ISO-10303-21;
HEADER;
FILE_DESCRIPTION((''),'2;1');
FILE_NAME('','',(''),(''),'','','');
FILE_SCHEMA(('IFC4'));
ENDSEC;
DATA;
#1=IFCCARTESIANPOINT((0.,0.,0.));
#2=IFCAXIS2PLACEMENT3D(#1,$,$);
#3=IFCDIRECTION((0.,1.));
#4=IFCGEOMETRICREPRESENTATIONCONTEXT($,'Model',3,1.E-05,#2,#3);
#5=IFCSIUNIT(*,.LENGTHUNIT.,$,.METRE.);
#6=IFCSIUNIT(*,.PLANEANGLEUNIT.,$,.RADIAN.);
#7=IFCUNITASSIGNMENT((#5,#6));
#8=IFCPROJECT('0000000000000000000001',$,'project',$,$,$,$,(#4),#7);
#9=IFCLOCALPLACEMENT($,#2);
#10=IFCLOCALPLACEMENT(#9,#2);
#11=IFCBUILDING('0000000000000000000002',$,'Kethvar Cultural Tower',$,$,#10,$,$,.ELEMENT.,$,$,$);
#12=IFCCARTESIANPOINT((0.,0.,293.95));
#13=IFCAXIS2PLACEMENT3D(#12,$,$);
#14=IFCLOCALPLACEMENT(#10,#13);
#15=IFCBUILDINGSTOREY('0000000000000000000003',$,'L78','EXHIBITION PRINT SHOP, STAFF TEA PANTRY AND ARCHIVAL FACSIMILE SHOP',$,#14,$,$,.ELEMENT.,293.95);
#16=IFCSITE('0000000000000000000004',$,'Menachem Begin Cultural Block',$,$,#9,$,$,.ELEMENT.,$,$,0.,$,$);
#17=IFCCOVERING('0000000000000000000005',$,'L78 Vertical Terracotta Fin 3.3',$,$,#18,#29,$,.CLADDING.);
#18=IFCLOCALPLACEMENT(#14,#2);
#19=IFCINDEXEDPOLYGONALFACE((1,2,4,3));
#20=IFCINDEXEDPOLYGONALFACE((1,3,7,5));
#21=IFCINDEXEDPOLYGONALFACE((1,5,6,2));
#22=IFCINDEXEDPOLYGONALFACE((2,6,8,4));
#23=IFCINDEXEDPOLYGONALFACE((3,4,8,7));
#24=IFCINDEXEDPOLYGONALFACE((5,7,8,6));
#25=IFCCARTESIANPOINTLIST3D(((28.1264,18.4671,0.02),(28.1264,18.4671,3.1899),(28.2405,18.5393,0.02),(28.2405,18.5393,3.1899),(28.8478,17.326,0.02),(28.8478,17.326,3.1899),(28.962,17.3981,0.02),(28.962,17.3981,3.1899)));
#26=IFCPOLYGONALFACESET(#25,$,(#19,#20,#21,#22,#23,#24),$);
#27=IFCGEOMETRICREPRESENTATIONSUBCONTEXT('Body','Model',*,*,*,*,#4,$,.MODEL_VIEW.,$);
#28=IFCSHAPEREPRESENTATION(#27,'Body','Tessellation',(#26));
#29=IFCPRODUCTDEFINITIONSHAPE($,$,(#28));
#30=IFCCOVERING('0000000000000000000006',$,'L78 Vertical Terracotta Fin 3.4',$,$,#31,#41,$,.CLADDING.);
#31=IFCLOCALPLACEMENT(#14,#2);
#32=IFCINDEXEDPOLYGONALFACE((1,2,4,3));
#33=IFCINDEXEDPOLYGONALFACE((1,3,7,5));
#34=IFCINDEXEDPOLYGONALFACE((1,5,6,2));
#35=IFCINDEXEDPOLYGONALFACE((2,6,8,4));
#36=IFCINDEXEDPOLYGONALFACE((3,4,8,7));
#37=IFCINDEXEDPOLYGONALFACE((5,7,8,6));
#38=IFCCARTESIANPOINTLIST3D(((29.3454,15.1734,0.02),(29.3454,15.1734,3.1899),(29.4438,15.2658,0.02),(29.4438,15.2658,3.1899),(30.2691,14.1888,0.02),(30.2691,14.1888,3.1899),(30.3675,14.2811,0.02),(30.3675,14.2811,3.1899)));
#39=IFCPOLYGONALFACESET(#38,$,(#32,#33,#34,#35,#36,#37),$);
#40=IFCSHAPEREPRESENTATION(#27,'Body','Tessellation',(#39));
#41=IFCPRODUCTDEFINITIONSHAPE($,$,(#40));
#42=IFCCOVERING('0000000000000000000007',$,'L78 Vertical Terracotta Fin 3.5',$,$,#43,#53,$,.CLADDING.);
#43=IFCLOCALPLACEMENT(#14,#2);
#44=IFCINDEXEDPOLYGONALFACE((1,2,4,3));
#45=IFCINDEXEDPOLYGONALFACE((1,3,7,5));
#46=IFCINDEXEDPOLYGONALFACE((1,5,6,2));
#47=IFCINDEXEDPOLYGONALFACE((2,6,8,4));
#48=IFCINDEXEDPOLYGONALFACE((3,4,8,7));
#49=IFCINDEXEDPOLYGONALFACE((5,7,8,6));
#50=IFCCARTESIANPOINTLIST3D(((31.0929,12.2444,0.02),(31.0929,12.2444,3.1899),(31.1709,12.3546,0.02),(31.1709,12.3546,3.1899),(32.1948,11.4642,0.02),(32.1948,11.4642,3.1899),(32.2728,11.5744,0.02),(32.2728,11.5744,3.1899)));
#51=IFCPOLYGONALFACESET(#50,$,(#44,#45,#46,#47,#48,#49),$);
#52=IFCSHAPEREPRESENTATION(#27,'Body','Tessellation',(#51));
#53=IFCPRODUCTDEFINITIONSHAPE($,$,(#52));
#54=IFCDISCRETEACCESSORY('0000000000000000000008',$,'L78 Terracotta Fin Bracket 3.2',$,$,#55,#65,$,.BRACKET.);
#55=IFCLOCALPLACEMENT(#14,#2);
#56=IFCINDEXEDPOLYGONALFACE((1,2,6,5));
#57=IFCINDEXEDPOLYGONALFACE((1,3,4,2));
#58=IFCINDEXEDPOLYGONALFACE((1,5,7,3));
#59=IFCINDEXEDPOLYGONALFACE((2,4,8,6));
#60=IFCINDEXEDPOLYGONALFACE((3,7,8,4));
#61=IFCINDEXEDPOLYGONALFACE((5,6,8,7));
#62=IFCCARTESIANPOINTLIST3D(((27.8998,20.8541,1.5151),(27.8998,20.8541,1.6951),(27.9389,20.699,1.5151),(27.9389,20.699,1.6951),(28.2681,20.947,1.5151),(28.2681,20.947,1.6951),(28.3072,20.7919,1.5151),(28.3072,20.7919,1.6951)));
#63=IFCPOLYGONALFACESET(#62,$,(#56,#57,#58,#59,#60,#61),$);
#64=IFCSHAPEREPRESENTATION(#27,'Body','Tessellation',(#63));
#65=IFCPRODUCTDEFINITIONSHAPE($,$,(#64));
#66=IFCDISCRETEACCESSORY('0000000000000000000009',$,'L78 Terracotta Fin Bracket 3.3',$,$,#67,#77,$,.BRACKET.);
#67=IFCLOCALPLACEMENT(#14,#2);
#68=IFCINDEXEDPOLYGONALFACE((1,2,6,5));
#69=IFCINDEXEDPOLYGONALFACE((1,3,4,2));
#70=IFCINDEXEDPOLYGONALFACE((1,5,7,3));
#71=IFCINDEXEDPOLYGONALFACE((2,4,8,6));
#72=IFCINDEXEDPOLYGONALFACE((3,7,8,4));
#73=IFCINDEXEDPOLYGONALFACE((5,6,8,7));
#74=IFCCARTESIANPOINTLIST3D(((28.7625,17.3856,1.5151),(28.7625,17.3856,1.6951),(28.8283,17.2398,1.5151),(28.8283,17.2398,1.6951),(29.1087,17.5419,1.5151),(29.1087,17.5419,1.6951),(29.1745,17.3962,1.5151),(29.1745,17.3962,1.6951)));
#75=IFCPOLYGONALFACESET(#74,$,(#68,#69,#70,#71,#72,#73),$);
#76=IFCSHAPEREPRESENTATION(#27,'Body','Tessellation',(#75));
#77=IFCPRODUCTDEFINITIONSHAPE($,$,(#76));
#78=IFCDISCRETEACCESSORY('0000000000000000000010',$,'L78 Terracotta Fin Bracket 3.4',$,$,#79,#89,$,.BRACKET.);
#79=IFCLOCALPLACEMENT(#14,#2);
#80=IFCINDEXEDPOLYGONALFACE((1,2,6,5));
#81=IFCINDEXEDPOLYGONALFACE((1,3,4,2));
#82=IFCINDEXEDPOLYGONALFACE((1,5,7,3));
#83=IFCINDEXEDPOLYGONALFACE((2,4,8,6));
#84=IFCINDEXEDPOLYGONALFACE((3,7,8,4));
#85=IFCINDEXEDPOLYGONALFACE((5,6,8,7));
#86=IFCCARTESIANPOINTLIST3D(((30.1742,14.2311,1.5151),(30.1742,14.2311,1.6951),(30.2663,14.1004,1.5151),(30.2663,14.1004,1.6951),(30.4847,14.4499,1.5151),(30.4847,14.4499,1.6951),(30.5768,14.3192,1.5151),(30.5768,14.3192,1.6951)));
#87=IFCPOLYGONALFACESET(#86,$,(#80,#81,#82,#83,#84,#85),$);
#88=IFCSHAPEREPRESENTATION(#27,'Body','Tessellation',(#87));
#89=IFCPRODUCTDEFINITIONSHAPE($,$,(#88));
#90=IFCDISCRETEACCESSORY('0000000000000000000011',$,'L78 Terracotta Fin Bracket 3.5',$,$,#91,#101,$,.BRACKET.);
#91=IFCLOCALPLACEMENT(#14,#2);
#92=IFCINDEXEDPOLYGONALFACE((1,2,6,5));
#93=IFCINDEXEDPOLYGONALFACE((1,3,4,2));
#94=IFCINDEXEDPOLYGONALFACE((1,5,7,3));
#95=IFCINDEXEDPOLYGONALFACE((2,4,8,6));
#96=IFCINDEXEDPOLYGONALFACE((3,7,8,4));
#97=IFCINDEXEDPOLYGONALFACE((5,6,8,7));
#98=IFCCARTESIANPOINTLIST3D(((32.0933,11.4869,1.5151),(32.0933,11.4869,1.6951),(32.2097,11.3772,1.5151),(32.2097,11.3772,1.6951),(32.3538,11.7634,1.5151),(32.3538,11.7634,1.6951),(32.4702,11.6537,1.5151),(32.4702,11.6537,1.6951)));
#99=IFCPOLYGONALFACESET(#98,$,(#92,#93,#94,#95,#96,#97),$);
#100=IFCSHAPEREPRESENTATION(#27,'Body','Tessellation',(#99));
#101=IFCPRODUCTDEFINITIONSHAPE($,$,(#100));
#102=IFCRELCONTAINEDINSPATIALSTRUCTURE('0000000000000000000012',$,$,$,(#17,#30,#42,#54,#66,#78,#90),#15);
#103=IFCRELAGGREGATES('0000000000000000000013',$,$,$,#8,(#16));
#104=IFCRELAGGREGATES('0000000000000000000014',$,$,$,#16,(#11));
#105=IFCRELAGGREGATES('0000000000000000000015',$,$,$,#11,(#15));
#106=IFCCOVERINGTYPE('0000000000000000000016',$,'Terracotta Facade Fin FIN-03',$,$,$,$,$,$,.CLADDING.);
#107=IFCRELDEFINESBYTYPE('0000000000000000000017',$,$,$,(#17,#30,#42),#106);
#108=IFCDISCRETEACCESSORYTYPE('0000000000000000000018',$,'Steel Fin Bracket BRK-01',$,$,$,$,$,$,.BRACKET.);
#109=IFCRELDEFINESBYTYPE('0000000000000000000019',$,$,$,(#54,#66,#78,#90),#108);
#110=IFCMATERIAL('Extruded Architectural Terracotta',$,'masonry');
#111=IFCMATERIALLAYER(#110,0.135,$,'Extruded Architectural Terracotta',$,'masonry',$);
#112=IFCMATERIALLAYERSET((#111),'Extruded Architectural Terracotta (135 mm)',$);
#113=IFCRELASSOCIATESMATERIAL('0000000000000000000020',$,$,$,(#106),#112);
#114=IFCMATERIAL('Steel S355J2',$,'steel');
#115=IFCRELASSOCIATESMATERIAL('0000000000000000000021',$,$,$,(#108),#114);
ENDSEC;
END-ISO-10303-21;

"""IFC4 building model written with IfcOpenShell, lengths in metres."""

from ifc_helpers import new_model, si_unit, direction, frame, origin, origin_2d, place, context, subcontext, project, spatial, rectangle, extrude, source, transform, mapped, material, layer, layer_set, type_object, element, save


model = new_model("IFC4")

# Units and contexts
model_context = context("Model", 3, precision=1e-05, world=origin(), true_north=direction((0.0, 1.0)))
body_context = subcontext(model_context, "Body", "Model", "MODEL_VIEW")
ifc_project = project(units=[si_unit("LENGTHUNIT", "METRE"), si_unit("PLANEANGLEUNIT", "RADIAN")], contexts=[model_context])

# Site, building, storey
site_placement = place(None, origin())
site = spatial("IfcSite", under=ifc_project, at=site_placement, Name="Menachem Begin Cultural Block", CompositionType="ELEMENT", RefElevation=0.0)
building_placement = place(site_placement, origin())
building = spatial("IfcBuilding", under=site, at=building_placement, Name="Kethvar Cultural Tower", CompositionType="ELEMENT")
storey_placement = place(building_placement, frame((0.0, 0.0, 293.95)))
storey = spatial("IfcBuildingStorey", under=building, at=storey_placement, Name="L78", Description="EXHIBITION PRINT SHOP, STAFF TEA PANTRY AND ARCHIVAL FACSIMILE SHOP", CompositionType="ELEMENT", Elevation=293.95)

# Shared definitions
ifc_material_1 = material(Name="Steel S355J2", Category="steel")

# Coverings
ifc_material_2 = material(Name="Extruded Architectural Terracotta", Category="masonry")
ifc_layer_1 = layer(ifc_material_2, 0.135, Name="Extruded Architectural Terracotta", Category="masonry")
ifc_layer_set_1 = layer_set([ifc_layer_1], Name="Extruded Architectural Terracotta (135 mm)")
covering_type = type_object("IfcCoveringType", Name="Terracotta Facade Fin FIN-03", PredefinedType="CLADDING", material=ifc_layer_set_1)
shared_shape_1 = source(origin(), body_context, "Body", "SweptSolid", [
    extrude(rectangle(XDim=1.3501, YDim=0.135, at=origin_2d()), origin(), (0.0, 0.0, 1.0), 3.1699),
])
for number, where, z_axis, x_axis, name in (
    (1, (28.5442, 17.9326, 0.02), (0.0, 0.0, 1.0), (-0.534352, 0.845262, 0.0), "L78 Vertical Terracotta Fin 3.3"),
    (2, (29.8564, 14.7273, 0.02), (0.0, 0.0, 1.0), (-0.684165, 0.729327, 0.0), "L78 Vertical Terracotta Fin 3.4"),
    (3, (31.6829, 11.9094, 0.02), (0.0, 0.0, 1.0), (-0.816138, 0.577858, 0.0), "L78 Vertical Terracotta Fin 3.5"),
):
    element("IfcCovering", number, at=place(storey_placement, frame(where, z_axis=z_axis, x_axis=x_axis)), inside=storey, type_object=covering_type, Name=name, PredefinedType="CLADDING", context=body_context, shape_type="MappedRepresentation", body=[
        mapped(shared_shape_1, transform((0.0, 0.0, 0.0), scale=1.0)),
    ])

# Discrete accessories
discrete_accessory_type = type_object("IfcDiscreteAccessoryType", Name="Steel Fin Bracket BRK-01", PredefinedType="BRACKET", material=ifc_material_1)
shared_shape_2 = source(origin(), body_context, "Body", "SweptSolid", [
    extrude(rectangle(XDim=0.3799, YDim=0.1599, at=origin_2d()), origin(), (0.0, 0.0, 1.0), 0.1799),
])
for number, where, z_axis, x_axis, name in (
    (4, (28.1035, 20.823, 1.5151), (0.0, 0.0, 1.0), (-0.969659, -0.244461, 0.0), "L78 Terracotta Fin Bracket 3.2"),
    (5, (28.9685, 17.3909, 1.5151), (0.0, 0.0, 1.0), (-0.911403, -0.411514, 0.0), "L78 Terracotta Fin Bracket 3.3"),
    (6, (30.3755, 14.2751, 1.5151), (0.0, 0.0, 1.0), (-0.817447, -0.576004, 0.0), "L78 Terracotta Fin Bracket 3.4"),
    (7, (32.2817, 11.5703, 1.5151), (0.0, 0.0, 1.0), (-0.685818, -0.727773, 0.0), "L78 Terracotta Fin Bracket 3.5"),
):
    element("IfcDiscreteAccessory", number, at=place(storey_placement, frame(where, z_axis=z_axis, x_axis=x_axis)), inside=storey, type_object=discrete_accessory_type, Name=name, PredefinedType="BRACKET", context=body_context, shape_type="MappedRepresentation", body=[
        mapped(shared_shape_2, transform((0.0, 0.0, 0.0), scale=1.0)),
    ])

save(model, "model.ifc")
